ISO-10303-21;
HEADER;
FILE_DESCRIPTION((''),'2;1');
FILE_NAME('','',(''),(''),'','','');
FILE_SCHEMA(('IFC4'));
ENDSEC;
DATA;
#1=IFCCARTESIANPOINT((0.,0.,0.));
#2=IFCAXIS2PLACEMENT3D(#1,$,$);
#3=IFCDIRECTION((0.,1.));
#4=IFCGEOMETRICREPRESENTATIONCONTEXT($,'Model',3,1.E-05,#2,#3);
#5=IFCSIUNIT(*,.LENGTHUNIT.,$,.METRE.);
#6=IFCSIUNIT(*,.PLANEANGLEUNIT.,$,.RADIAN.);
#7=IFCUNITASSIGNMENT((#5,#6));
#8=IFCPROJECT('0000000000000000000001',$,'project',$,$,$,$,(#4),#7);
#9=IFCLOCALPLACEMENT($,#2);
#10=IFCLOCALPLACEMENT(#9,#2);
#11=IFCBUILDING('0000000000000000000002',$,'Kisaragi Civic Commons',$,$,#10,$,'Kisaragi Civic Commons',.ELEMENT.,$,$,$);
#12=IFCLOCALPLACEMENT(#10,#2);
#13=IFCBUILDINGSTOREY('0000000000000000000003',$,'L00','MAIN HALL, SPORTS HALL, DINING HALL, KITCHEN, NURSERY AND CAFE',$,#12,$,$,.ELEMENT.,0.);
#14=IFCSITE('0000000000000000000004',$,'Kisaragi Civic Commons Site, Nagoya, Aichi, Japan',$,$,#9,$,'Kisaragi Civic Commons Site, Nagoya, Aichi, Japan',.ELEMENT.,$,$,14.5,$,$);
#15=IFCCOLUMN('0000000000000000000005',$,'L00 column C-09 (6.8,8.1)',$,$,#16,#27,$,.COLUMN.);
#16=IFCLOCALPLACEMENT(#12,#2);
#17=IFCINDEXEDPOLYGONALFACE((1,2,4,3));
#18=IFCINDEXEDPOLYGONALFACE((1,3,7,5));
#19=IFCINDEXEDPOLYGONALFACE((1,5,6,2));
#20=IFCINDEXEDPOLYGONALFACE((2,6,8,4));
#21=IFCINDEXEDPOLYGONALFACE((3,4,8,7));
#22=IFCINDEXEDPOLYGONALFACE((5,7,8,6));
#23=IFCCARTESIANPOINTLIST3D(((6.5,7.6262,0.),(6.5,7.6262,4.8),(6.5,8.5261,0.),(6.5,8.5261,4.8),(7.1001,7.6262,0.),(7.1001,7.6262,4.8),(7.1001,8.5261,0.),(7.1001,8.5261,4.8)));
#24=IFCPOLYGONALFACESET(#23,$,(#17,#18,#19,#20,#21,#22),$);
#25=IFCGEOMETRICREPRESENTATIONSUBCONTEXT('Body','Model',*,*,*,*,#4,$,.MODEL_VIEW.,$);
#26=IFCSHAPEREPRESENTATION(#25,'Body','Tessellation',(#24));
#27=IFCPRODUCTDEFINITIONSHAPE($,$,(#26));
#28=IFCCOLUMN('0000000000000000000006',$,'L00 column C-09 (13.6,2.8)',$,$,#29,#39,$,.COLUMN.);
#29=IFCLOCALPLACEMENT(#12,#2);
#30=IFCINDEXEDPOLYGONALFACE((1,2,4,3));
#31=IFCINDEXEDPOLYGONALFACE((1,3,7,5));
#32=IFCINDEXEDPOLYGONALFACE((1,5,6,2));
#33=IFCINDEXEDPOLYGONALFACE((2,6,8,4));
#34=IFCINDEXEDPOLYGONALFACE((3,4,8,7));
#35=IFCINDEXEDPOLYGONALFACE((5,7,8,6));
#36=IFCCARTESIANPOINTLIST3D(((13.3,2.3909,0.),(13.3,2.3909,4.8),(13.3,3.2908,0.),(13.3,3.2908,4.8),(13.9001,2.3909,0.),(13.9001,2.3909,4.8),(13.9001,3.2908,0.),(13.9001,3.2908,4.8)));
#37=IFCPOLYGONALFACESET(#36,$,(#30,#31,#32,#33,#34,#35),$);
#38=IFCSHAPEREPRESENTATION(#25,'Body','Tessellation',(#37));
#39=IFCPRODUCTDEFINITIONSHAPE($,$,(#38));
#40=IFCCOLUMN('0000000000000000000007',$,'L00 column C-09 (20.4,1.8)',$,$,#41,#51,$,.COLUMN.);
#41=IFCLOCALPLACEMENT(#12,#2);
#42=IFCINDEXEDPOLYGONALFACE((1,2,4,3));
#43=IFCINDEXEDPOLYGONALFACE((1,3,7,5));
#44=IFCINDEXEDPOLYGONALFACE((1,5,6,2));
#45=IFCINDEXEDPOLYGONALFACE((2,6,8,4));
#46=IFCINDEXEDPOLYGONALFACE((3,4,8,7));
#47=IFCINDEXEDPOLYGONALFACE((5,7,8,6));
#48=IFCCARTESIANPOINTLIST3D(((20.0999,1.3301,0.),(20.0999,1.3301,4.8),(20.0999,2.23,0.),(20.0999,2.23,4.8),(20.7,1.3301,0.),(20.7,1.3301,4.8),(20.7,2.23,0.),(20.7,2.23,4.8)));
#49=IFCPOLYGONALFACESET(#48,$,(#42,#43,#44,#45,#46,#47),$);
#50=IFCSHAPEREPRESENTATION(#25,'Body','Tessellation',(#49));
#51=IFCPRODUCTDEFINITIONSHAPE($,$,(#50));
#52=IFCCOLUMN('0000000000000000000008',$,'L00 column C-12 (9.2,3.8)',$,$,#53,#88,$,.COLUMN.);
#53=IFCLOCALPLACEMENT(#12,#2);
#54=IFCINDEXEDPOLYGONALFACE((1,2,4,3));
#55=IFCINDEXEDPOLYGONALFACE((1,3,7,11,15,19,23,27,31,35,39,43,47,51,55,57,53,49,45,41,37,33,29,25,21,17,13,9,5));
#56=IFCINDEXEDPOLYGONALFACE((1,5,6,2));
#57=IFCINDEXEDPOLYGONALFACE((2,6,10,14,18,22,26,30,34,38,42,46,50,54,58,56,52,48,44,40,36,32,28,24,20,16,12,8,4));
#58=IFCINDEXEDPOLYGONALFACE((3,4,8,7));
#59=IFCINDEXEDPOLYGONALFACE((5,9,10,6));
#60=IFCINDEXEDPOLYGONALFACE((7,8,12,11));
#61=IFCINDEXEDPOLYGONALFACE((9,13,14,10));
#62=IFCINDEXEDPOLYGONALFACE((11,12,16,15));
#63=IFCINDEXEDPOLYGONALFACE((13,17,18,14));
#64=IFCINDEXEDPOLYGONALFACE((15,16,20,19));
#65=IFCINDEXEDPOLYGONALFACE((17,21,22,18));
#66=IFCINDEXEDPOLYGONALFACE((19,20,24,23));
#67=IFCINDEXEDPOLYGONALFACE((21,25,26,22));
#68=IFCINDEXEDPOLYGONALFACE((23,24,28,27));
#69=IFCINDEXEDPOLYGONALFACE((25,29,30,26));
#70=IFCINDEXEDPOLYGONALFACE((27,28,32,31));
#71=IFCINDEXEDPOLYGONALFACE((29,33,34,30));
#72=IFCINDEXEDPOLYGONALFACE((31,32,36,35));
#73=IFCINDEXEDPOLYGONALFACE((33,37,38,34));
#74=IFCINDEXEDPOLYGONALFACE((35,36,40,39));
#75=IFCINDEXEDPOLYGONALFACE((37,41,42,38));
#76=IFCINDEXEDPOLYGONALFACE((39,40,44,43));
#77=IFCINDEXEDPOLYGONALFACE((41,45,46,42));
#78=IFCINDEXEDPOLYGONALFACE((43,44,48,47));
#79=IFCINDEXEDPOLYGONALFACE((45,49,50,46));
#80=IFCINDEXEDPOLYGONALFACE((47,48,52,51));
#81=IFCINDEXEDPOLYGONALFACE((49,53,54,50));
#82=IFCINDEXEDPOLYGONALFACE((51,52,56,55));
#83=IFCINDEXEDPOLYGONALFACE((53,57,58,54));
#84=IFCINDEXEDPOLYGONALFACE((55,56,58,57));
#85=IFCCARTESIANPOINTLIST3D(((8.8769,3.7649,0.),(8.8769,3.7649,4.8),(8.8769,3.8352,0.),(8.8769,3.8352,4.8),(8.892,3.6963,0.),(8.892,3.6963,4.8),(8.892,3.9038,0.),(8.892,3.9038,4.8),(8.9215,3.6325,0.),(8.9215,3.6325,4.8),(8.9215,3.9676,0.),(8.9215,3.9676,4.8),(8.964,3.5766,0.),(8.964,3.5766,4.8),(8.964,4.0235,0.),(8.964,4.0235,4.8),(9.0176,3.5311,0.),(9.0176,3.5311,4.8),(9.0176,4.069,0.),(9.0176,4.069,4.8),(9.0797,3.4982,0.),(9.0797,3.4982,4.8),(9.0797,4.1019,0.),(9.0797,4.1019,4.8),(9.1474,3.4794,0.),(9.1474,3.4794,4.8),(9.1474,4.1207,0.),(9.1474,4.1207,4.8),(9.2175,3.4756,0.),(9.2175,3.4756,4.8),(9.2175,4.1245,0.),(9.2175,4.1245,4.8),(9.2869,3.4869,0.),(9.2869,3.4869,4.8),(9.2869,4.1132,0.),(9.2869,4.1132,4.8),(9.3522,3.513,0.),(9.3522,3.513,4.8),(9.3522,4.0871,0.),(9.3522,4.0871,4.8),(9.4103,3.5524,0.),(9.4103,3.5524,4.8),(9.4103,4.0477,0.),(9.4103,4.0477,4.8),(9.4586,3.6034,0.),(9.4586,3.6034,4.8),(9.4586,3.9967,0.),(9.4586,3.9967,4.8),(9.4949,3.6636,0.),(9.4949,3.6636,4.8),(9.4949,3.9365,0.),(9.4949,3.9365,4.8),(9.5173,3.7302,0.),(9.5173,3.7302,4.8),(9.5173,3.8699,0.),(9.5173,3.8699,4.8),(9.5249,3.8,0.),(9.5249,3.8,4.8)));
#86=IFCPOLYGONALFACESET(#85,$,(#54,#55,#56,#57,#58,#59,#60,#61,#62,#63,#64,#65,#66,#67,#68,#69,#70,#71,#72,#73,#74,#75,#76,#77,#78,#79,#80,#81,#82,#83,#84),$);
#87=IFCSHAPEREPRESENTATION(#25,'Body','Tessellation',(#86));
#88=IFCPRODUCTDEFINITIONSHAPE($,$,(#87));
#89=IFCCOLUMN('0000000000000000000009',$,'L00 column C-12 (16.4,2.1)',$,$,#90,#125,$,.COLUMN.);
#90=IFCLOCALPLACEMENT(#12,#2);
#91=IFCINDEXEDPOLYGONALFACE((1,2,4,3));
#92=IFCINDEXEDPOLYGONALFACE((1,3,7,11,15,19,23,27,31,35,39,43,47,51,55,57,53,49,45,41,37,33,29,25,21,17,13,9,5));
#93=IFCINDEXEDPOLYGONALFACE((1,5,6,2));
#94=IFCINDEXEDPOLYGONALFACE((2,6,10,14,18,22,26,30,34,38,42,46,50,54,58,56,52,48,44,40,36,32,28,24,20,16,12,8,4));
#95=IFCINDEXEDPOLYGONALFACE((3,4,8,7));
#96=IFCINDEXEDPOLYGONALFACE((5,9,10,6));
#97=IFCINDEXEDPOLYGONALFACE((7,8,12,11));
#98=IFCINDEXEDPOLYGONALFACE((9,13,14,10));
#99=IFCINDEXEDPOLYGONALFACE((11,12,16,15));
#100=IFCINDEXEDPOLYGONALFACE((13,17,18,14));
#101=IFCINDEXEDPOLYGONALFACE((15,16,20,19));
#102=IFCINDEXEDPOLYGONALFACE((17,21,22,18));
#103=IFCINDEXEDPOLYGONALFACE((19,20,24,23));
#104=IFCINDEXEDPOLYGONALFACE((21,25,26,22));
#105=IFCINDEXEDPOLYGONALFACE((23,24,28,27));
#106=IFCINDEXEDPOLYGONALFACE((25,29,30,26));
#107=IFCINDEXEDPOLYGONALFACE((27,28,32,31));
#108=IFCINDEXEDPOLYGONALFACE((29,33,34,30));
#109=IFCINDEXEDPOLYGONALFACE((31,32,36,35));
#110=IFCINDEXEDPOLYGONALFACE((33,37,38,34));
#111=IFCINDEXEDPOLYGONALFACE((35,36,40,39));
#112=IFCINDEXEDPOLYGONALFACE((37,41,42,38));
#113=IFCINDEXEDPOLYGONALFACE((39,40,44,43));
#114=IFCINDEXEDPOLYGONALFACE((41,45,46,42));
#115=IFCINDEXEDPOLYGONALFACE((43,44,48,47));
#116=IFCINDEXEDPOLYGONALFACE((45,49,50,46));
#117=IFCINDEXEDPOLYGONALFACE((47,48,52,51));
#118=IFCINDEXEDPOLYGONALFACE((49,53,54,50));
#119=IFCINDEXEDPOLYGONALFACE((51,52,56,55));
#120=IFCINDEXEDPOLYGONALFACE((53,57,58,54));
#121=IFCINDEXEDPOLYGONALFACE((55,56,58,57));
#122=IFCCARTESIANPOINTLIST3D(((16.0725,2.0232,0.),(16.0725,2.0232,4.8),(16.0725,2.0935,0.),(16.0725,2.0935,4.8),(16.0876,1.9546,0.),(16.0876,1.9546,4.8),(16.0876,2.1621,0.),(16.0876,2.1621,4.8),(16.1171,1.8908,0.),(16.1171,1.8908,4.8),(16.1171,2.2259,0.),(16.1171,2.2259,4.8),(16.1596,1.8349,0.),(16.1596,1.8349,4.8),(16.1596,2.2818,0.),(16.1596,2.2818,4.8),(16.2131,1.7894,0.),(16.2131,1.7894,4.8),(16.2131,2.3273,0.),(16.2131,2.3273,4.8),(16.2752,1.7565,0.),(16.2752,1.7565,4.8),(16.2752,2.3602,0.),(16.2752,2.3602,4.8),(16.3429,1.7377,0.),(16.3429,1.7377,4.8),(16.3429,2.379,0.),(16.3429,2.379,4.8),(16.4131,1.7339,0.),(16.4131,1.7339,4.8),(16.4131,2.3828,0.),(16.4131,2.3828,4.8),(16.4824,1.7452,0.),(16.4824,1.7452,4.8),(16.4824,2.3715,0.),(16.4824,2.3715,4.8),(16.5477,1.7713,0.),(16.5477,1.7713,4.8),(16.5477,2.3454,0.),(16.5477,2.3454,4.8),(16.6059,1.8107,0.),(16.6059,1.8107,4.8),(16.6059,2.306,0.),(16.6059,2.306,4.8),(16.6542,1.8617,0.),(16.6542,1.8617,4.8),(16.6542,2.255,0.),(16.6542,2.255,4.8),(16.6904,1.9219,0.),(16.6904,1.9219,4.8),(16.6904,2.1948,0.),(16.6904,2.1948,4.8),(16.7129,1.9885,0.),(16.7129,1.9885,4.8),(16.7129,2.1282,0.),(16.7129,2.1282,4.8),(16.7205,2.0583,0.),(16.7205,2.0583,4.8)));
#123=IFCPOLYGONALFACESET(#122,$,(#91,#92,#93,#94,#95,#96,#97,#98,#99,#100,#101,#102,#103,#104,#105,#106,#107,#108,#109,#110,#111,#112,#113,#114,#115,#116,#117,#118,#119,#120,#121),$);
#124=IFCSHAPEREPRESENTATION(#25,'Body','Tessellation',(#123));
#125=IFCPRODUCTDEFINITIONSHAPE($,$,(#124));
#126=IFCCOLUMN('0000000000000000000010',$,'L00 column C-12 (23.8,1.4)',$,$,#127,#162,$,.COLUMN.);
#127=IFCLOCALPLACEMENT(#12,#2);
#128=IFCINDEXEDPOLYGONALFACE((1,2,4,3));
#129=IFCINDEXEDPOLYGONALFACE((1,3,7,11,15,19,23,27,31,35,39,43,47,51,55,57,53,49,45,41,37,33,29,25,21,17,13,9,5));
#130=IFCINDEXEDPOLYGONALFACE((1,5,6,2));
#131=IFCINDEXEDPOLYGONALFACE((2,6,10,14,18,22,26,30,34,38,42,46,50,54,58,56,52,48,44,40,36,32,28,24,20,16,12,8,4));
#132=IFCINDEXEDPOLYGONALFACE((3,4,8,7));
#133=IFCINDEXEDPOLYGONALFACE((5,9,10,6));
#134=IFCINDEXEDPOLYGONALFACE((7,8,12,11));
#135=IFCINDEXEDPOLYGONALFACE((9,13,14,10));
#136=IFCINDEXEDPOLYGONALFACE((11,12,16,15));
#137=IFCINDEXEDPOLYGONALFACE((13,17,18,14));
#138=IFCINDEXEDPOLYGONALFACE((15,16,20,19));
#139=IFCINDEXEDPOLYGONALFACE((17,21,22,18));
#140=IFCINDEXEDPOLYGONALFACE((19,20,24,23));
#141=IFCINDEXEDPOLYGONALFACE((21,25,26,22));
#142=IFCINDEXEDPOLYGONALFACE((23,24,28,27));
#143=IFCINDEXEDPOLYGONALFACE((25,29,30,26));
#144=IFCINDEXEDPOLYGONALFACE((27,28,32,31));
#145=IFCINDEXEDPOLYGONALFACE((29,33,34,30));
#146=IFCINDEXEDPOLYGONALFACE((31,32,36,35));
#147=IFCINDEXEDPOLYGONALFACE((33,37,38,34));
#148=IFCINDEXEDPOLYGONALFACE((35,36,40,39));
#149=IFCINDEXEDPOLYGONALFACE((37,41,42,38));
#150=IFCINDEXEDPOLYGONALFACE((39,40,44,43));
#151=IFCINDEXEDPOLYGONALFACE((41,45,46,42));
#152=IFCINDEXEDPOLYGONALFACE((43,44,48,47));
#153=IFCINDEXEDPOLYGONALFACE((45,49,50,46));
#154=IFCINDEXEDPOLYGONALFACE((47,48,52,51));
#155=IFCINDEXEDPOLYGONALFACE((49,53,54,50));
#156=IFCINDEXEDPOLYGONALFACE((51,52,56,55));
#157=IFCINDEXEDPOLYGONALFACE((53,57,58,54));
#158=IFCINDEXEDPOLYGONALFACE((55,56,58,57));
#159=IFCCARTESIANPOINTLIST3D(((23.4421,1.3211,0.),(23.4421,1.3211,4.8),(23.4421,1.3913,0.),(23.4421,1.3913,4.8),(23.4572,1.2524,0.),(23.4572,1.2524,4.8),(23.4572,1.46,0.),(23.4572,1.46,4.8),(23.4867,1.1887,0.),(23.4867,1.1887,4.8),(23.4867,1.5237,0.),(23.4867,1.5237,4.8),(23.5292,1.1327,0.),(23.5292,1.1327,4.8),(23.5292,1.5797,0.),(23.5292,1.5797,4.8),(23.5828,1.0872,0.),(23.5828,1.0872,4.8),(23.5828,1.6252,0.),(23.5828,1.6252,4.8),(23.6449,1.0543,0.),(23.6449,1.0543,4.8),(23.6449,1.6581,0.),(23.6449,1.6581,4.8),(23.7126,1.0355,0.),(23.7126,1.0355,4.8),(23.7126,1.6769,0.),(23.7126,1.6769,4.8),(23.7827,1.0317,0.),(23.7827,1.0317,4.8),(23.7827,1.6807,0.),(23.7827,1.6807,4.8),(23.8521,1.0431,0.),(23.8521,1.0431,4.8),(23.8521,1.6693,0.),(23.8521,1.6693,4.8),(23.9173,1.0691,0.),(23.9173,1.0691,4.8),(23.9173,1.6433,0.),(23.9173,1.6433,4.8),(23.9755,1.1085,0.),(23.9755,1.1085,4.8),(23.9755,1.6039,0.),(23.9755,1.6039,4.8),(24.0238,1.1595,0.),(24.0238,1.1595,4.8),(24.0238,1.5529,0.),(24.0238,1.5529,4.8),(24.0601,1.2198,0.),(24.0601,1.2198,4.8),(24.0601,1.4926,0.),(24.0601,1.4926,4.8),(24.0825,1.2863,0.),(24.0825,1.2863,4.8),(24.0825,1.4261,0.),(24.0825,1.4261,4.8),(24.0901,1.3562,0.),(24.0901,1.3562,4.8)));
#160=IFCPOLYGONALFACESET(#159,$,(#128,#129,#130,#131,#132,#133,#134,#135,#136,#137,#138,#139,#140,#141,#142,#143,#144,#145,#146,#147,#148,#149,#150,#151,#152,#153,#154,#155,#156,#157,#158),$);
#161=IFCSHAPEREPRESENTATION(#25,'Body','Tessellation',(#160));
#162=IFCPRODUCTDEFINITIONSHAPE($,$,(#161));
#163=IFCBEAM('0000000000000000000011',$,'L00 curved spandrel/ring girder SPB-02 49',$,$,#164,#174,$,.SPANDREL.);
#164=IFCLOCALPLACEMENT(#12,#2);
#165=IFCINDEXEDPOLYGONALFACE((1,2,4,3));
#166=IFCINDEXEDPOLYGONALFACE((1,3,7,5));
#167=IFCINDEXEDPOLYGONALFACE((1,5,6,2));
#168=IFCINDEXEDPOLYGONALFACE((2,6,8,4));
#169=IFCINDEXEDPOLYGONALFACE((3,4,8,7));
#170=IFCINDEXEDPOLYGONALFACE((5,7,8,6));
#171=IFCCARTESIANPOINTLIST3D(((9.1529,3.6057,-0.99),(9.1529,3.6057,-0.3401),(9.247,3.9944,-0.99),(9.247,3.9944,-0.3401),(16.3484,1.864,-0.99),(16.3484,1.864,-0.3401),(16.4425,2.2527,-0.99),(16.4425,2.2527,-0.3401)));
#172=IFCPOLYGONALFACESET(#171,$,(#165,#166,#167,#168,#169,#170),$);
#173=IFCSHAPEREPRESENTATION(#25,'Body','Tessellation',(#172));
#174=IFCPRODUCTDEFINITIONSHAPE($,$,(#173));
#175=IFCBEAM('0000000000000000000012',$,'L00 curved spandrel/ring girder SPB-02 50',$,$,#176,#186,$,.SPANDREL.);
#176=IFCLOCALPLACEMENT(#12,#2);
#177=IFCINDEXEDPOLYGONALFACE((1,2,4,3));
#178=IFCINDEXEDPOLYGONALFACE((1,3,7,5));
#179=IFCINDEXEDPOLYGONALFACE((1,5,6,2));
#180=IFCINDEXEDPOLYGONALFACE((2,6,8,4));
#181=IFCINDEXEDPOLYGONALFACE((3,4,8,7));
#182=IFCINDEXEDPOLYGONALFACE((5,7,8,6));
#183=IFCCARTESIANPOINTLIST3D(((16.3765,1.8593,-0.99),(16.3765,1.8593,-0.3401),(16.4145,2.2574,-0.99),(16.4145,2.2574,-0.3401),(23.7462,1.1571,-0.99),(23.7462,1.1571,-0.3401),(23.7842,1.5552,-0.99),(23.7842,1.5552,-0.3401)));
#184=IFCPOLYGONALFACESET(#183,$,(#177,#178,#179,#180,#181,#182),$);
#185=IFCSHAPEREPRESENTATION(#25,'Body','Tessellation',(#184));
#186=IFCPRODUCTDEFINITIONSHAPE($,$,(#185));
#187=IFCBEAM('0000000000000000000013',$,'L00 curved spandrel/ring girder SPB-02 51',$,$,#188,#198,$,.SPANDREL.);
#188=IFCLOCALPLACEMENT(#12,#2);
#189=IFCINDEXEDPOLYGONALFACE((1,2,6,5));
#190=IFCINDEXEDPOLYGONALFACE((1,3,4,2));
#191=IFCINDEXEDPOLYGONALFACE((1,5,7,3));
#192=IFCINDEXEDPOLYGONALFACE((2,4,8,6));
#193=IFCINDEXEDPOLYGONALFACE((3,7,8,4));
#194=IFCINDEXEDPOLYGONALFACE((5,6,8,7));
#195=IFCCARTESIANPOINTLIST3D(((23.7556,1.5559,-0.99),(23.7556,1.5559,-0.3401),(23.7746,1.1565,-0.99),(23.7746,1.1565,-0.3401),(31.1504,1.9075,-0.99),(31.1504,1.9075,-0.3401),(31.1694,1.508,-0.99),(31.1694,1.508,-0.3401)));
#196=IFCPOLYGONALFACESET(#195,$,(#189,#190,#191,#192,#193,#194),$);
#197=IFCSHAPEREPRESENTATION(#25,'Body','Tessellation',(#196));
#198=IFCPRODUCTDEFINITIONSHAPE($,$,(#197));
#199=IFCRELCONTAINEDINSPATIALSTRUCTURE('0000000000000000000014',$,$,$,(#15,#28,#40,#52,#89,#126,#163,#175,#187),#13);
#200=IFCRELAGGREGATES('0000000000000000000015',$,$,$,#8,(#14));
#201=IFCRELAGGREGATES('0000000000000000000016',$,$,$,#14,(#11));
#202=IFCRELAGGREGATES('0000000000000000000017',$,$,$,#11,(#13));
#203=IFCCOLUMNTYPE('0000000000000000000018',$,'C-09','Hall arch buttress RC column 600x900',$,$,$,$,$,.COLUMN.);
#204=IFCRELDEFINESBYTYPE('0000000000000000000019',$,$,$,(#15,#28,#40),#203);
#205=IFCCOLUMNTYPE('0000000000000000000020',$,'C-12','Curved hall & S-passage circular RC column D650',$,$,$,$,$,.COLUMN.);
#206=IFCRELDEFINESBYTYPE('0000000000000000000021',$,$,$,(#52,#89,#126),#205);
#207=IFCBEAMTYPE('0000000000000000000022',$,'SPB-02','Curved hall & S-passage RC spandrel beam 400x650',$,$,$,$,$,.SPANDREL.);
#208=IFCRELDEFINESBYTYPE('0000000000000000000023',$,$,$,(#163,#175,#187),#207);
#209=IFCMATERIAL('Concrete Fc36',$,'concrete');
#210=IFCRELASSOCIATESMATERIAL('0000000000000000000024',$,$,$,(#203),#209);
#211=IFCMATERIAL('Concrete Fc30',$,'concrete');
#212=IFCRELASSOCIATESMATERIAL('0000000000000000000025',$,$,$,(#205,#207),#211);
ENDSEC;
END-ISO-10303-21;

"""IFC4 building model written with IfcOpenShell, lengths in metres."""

from ifc_helpers import new_model, si_unit, direction, frame, origin, origin_2d, place, context, subcontext, project, spatial, rectangle, circle, extrude, material, material_profile, profile_set, type_object, element, save


model = new_model("IFC4")

# Units and contexts
model_context = context("Model", 3, precision=1e-05, world=origin(), true_north=direction((0.0, 1.0)))
body_context = subcontext(model_context, "Body", "Model", "MODEL_VIEW")
ifc_project = project(units=[si_unit("LENGTHUNIT", "METRE"), si_unit("PLANEANGLEUNIT", "RADIAN")], contexts=[model_context])

# Site, building, storey
site_placement = place(None, origin())
site = spatial("IfcSite", under=ifc_project, at=site_placement, Name="Kisaragi Civic Commons Site, Nagoya, Aichi, Japan", LongName="Kisaragi Civic Commons Site, Nagoya, Aichi, Japan", CompositionType="ELEMENT", RefElevation=14.5)
building_placement = place(site_placement, origin())
building = spatial("IfcBuilding", under=site, at=building_placement, Name="Kisaragi Civic Commons", LongName="Kisaragi Civic Commons", CompositionType="ELEMENT")
storey_placement = place(building_placement, origin())
storey = spatial("IfcBuildingStorey", under=building, at=storey_placement, Name="L00", Description="MAIN HALL, SPORTS HALL, DINING HALL, KITCHEN, NURSERY AND CAFE", CompositionType="ELEMENT", Elevation=0.0)

# Columns
ifc_material_1 = material(Name="Concrete Fc36", Category="concrete")
ifc_material_profile_1 = material_profile(ifc_material_1, rectangle(XDim=0.6001, YDim=0.8999, at=origin_2d()), Name="RC-600x900", Category="concrete")
ifc_profile_set_1 = profile_set([ifc_material_profile_1], Name="Concrete Fc36")
column_type_1 = type_object("IfcColumnType", Name="C-09", Description="Hall arch buttress RC column 600x900", PredefinedType="COLUMN", material=ifc_profile_set_1)
for number, where, z_axis, x_axis, name in (
    (1, (6.8, 8.0762, 0.0), (0.0, 0.0, 1.0), (1.0, 0.0, 0.0), "L00 column C-09 (6.8,8.1)"),
    (2, (13.6001, 2.8408, 0.0), (0.0, 0.0, 1.0), (1.0, 0.0, 0.0), "L00 column C-09 (13.6,2.8)"),
    (3, (20.3999, 1.78, 0.0), (0.0, 0.0, 1.0), (1.0, 0.0, 0.0), "L00 column C-09 (20.4,1.8)"),
):
    element("IfcColumn", number, at=place(storey_placement, frame(where, z_axis=z_axis, x_axis=x_axis)), inside=storey, type_object=column_type_1, Name=name, PredefinedType="COLUMN", context=body_context, shape_type="SweptSolid", body=[
        extrude(rectangle(XDim=0.6001, YDim=0.8999, at=origin_2d()), origin(), (0.0, 0.0, 1.0), 4.8),
    ])
ifc_material_2 = material(Name="Concrete Fc30", Category="concrete")
ifc_material_profile_2 = material_profile(ifc_material_2, circle(Radius=0.325, at=origin_2d()), Name="RC-D650", Category="concrete")
ifc_profile_set_2 = profile_set([ifc_material_profile_2], Name="Concrete Fc30")
column_type_2 = type_object("IfcColumnType", Name="C-12", Description="Curved hall & S-passage circular RC column D650", PredefinedType="COLUMN", material=ifc_profile_set_2)
for number, where, z_axis, x_axis, name in (
    (4, (9.2, 3.8, 0.0), (0.0, 0.0, 1.0), (1.0, 0.0, 0.0), "L00 column C-12 (9.2,3.8)"),
    (5, (16.3955, 2.0583, 0.0), (0.0, 0.0, 1.0), (1.0, 0.0, 0.0), "L00 column C-12 (16.4,2.1)"),
    (6, (23.7651, 1.3562, 0.0), (0.0, 0.0, 1.0), (1.0, 0.0, 0.0), "L00 column C-12 (23.8,1.4)"),
):
    element("IfcColumn", number, at=place(storey_placement, frame(where, z_axis=z_axis, x_axis=x_axis)), inside=storey, type_object=column_type_2, Name=name, PredefinedType="COLUMN", context=body_context, shape_type="SweptSolid", body=[
        extrude(circle(Radius=0.325, at=origin_2d()), origin(), (0.0, 0.0, 1.0), 4.8),
    ])

# Beams
ifc_material_profile_3 = material_profile(ifc_material_2, rectangle(XDim=0.3999, YDim=0.6499, at=origin_2d()), Name="RC-400x650", Category="concrete")
ifc_profile_set_3 = profile_set([ifc_material_profile_3], Name="Concrete Fc30")
beam_type = type_object("IfcBeamType", Name="SPB-02", Description="Curved hall & S-passage RC spandrel beam 400x650", PredefinedType="SPANDREL", material=ifc_profile_set_3)
beam_placement = place(storey_placement, frame((9.2, 3.8, -0.665), z_axis=(0.971933, -0.235258, 0.0), x_axis=(0.235258, 0.971933, 0.0)))
element("IfcBeam", 7, at=beam_placement, inside=storey, type_object=beam_type, Name="L00 curved spandrel/ring girder SPB-02 49", PredefinedType="SPANDREL", context=body_context, shape_type="SweptSolid", body=[
    extrude(rectangle(XDim=0.3999, YDim=0.6499, at=origin_2d()), origin(), (0.0, 0.0, 1.0), 7.4033),
])
for number, where, z_axis, x_axis, name in (
    (8, (16.3955, 2.0583, -0.665), (0.995492, -0.094846, 0.0), (0.094846, 0.995492, 0.0), "L00 curved spandrel/ring girder SPB-02 50"),
    (9, (23.7651, 1.3562, -0.665), (0.998872, 0.047488, 0.0), (-0.047488, 0.998872, 0.0), "L00 curved spandrel/ring girder SPB-02 51"),
):
    element("IfcBeam", number, at=place(storey_placement, frame(where, z_axis=z_axis, x_axis=x_axis)), inside=storey, type_object=beam_type, Name=name, PredefinedType="SPANDREL", context=body_context, shape_type="SweptSolid", body=[
        extrude(rectangle(XDim=0.3999, YDim=0.6499, at=origin_2d()), origin(), (0.0, 0.0, 1.0), 7.4031),
    ])

save(model, "model.ifc")
